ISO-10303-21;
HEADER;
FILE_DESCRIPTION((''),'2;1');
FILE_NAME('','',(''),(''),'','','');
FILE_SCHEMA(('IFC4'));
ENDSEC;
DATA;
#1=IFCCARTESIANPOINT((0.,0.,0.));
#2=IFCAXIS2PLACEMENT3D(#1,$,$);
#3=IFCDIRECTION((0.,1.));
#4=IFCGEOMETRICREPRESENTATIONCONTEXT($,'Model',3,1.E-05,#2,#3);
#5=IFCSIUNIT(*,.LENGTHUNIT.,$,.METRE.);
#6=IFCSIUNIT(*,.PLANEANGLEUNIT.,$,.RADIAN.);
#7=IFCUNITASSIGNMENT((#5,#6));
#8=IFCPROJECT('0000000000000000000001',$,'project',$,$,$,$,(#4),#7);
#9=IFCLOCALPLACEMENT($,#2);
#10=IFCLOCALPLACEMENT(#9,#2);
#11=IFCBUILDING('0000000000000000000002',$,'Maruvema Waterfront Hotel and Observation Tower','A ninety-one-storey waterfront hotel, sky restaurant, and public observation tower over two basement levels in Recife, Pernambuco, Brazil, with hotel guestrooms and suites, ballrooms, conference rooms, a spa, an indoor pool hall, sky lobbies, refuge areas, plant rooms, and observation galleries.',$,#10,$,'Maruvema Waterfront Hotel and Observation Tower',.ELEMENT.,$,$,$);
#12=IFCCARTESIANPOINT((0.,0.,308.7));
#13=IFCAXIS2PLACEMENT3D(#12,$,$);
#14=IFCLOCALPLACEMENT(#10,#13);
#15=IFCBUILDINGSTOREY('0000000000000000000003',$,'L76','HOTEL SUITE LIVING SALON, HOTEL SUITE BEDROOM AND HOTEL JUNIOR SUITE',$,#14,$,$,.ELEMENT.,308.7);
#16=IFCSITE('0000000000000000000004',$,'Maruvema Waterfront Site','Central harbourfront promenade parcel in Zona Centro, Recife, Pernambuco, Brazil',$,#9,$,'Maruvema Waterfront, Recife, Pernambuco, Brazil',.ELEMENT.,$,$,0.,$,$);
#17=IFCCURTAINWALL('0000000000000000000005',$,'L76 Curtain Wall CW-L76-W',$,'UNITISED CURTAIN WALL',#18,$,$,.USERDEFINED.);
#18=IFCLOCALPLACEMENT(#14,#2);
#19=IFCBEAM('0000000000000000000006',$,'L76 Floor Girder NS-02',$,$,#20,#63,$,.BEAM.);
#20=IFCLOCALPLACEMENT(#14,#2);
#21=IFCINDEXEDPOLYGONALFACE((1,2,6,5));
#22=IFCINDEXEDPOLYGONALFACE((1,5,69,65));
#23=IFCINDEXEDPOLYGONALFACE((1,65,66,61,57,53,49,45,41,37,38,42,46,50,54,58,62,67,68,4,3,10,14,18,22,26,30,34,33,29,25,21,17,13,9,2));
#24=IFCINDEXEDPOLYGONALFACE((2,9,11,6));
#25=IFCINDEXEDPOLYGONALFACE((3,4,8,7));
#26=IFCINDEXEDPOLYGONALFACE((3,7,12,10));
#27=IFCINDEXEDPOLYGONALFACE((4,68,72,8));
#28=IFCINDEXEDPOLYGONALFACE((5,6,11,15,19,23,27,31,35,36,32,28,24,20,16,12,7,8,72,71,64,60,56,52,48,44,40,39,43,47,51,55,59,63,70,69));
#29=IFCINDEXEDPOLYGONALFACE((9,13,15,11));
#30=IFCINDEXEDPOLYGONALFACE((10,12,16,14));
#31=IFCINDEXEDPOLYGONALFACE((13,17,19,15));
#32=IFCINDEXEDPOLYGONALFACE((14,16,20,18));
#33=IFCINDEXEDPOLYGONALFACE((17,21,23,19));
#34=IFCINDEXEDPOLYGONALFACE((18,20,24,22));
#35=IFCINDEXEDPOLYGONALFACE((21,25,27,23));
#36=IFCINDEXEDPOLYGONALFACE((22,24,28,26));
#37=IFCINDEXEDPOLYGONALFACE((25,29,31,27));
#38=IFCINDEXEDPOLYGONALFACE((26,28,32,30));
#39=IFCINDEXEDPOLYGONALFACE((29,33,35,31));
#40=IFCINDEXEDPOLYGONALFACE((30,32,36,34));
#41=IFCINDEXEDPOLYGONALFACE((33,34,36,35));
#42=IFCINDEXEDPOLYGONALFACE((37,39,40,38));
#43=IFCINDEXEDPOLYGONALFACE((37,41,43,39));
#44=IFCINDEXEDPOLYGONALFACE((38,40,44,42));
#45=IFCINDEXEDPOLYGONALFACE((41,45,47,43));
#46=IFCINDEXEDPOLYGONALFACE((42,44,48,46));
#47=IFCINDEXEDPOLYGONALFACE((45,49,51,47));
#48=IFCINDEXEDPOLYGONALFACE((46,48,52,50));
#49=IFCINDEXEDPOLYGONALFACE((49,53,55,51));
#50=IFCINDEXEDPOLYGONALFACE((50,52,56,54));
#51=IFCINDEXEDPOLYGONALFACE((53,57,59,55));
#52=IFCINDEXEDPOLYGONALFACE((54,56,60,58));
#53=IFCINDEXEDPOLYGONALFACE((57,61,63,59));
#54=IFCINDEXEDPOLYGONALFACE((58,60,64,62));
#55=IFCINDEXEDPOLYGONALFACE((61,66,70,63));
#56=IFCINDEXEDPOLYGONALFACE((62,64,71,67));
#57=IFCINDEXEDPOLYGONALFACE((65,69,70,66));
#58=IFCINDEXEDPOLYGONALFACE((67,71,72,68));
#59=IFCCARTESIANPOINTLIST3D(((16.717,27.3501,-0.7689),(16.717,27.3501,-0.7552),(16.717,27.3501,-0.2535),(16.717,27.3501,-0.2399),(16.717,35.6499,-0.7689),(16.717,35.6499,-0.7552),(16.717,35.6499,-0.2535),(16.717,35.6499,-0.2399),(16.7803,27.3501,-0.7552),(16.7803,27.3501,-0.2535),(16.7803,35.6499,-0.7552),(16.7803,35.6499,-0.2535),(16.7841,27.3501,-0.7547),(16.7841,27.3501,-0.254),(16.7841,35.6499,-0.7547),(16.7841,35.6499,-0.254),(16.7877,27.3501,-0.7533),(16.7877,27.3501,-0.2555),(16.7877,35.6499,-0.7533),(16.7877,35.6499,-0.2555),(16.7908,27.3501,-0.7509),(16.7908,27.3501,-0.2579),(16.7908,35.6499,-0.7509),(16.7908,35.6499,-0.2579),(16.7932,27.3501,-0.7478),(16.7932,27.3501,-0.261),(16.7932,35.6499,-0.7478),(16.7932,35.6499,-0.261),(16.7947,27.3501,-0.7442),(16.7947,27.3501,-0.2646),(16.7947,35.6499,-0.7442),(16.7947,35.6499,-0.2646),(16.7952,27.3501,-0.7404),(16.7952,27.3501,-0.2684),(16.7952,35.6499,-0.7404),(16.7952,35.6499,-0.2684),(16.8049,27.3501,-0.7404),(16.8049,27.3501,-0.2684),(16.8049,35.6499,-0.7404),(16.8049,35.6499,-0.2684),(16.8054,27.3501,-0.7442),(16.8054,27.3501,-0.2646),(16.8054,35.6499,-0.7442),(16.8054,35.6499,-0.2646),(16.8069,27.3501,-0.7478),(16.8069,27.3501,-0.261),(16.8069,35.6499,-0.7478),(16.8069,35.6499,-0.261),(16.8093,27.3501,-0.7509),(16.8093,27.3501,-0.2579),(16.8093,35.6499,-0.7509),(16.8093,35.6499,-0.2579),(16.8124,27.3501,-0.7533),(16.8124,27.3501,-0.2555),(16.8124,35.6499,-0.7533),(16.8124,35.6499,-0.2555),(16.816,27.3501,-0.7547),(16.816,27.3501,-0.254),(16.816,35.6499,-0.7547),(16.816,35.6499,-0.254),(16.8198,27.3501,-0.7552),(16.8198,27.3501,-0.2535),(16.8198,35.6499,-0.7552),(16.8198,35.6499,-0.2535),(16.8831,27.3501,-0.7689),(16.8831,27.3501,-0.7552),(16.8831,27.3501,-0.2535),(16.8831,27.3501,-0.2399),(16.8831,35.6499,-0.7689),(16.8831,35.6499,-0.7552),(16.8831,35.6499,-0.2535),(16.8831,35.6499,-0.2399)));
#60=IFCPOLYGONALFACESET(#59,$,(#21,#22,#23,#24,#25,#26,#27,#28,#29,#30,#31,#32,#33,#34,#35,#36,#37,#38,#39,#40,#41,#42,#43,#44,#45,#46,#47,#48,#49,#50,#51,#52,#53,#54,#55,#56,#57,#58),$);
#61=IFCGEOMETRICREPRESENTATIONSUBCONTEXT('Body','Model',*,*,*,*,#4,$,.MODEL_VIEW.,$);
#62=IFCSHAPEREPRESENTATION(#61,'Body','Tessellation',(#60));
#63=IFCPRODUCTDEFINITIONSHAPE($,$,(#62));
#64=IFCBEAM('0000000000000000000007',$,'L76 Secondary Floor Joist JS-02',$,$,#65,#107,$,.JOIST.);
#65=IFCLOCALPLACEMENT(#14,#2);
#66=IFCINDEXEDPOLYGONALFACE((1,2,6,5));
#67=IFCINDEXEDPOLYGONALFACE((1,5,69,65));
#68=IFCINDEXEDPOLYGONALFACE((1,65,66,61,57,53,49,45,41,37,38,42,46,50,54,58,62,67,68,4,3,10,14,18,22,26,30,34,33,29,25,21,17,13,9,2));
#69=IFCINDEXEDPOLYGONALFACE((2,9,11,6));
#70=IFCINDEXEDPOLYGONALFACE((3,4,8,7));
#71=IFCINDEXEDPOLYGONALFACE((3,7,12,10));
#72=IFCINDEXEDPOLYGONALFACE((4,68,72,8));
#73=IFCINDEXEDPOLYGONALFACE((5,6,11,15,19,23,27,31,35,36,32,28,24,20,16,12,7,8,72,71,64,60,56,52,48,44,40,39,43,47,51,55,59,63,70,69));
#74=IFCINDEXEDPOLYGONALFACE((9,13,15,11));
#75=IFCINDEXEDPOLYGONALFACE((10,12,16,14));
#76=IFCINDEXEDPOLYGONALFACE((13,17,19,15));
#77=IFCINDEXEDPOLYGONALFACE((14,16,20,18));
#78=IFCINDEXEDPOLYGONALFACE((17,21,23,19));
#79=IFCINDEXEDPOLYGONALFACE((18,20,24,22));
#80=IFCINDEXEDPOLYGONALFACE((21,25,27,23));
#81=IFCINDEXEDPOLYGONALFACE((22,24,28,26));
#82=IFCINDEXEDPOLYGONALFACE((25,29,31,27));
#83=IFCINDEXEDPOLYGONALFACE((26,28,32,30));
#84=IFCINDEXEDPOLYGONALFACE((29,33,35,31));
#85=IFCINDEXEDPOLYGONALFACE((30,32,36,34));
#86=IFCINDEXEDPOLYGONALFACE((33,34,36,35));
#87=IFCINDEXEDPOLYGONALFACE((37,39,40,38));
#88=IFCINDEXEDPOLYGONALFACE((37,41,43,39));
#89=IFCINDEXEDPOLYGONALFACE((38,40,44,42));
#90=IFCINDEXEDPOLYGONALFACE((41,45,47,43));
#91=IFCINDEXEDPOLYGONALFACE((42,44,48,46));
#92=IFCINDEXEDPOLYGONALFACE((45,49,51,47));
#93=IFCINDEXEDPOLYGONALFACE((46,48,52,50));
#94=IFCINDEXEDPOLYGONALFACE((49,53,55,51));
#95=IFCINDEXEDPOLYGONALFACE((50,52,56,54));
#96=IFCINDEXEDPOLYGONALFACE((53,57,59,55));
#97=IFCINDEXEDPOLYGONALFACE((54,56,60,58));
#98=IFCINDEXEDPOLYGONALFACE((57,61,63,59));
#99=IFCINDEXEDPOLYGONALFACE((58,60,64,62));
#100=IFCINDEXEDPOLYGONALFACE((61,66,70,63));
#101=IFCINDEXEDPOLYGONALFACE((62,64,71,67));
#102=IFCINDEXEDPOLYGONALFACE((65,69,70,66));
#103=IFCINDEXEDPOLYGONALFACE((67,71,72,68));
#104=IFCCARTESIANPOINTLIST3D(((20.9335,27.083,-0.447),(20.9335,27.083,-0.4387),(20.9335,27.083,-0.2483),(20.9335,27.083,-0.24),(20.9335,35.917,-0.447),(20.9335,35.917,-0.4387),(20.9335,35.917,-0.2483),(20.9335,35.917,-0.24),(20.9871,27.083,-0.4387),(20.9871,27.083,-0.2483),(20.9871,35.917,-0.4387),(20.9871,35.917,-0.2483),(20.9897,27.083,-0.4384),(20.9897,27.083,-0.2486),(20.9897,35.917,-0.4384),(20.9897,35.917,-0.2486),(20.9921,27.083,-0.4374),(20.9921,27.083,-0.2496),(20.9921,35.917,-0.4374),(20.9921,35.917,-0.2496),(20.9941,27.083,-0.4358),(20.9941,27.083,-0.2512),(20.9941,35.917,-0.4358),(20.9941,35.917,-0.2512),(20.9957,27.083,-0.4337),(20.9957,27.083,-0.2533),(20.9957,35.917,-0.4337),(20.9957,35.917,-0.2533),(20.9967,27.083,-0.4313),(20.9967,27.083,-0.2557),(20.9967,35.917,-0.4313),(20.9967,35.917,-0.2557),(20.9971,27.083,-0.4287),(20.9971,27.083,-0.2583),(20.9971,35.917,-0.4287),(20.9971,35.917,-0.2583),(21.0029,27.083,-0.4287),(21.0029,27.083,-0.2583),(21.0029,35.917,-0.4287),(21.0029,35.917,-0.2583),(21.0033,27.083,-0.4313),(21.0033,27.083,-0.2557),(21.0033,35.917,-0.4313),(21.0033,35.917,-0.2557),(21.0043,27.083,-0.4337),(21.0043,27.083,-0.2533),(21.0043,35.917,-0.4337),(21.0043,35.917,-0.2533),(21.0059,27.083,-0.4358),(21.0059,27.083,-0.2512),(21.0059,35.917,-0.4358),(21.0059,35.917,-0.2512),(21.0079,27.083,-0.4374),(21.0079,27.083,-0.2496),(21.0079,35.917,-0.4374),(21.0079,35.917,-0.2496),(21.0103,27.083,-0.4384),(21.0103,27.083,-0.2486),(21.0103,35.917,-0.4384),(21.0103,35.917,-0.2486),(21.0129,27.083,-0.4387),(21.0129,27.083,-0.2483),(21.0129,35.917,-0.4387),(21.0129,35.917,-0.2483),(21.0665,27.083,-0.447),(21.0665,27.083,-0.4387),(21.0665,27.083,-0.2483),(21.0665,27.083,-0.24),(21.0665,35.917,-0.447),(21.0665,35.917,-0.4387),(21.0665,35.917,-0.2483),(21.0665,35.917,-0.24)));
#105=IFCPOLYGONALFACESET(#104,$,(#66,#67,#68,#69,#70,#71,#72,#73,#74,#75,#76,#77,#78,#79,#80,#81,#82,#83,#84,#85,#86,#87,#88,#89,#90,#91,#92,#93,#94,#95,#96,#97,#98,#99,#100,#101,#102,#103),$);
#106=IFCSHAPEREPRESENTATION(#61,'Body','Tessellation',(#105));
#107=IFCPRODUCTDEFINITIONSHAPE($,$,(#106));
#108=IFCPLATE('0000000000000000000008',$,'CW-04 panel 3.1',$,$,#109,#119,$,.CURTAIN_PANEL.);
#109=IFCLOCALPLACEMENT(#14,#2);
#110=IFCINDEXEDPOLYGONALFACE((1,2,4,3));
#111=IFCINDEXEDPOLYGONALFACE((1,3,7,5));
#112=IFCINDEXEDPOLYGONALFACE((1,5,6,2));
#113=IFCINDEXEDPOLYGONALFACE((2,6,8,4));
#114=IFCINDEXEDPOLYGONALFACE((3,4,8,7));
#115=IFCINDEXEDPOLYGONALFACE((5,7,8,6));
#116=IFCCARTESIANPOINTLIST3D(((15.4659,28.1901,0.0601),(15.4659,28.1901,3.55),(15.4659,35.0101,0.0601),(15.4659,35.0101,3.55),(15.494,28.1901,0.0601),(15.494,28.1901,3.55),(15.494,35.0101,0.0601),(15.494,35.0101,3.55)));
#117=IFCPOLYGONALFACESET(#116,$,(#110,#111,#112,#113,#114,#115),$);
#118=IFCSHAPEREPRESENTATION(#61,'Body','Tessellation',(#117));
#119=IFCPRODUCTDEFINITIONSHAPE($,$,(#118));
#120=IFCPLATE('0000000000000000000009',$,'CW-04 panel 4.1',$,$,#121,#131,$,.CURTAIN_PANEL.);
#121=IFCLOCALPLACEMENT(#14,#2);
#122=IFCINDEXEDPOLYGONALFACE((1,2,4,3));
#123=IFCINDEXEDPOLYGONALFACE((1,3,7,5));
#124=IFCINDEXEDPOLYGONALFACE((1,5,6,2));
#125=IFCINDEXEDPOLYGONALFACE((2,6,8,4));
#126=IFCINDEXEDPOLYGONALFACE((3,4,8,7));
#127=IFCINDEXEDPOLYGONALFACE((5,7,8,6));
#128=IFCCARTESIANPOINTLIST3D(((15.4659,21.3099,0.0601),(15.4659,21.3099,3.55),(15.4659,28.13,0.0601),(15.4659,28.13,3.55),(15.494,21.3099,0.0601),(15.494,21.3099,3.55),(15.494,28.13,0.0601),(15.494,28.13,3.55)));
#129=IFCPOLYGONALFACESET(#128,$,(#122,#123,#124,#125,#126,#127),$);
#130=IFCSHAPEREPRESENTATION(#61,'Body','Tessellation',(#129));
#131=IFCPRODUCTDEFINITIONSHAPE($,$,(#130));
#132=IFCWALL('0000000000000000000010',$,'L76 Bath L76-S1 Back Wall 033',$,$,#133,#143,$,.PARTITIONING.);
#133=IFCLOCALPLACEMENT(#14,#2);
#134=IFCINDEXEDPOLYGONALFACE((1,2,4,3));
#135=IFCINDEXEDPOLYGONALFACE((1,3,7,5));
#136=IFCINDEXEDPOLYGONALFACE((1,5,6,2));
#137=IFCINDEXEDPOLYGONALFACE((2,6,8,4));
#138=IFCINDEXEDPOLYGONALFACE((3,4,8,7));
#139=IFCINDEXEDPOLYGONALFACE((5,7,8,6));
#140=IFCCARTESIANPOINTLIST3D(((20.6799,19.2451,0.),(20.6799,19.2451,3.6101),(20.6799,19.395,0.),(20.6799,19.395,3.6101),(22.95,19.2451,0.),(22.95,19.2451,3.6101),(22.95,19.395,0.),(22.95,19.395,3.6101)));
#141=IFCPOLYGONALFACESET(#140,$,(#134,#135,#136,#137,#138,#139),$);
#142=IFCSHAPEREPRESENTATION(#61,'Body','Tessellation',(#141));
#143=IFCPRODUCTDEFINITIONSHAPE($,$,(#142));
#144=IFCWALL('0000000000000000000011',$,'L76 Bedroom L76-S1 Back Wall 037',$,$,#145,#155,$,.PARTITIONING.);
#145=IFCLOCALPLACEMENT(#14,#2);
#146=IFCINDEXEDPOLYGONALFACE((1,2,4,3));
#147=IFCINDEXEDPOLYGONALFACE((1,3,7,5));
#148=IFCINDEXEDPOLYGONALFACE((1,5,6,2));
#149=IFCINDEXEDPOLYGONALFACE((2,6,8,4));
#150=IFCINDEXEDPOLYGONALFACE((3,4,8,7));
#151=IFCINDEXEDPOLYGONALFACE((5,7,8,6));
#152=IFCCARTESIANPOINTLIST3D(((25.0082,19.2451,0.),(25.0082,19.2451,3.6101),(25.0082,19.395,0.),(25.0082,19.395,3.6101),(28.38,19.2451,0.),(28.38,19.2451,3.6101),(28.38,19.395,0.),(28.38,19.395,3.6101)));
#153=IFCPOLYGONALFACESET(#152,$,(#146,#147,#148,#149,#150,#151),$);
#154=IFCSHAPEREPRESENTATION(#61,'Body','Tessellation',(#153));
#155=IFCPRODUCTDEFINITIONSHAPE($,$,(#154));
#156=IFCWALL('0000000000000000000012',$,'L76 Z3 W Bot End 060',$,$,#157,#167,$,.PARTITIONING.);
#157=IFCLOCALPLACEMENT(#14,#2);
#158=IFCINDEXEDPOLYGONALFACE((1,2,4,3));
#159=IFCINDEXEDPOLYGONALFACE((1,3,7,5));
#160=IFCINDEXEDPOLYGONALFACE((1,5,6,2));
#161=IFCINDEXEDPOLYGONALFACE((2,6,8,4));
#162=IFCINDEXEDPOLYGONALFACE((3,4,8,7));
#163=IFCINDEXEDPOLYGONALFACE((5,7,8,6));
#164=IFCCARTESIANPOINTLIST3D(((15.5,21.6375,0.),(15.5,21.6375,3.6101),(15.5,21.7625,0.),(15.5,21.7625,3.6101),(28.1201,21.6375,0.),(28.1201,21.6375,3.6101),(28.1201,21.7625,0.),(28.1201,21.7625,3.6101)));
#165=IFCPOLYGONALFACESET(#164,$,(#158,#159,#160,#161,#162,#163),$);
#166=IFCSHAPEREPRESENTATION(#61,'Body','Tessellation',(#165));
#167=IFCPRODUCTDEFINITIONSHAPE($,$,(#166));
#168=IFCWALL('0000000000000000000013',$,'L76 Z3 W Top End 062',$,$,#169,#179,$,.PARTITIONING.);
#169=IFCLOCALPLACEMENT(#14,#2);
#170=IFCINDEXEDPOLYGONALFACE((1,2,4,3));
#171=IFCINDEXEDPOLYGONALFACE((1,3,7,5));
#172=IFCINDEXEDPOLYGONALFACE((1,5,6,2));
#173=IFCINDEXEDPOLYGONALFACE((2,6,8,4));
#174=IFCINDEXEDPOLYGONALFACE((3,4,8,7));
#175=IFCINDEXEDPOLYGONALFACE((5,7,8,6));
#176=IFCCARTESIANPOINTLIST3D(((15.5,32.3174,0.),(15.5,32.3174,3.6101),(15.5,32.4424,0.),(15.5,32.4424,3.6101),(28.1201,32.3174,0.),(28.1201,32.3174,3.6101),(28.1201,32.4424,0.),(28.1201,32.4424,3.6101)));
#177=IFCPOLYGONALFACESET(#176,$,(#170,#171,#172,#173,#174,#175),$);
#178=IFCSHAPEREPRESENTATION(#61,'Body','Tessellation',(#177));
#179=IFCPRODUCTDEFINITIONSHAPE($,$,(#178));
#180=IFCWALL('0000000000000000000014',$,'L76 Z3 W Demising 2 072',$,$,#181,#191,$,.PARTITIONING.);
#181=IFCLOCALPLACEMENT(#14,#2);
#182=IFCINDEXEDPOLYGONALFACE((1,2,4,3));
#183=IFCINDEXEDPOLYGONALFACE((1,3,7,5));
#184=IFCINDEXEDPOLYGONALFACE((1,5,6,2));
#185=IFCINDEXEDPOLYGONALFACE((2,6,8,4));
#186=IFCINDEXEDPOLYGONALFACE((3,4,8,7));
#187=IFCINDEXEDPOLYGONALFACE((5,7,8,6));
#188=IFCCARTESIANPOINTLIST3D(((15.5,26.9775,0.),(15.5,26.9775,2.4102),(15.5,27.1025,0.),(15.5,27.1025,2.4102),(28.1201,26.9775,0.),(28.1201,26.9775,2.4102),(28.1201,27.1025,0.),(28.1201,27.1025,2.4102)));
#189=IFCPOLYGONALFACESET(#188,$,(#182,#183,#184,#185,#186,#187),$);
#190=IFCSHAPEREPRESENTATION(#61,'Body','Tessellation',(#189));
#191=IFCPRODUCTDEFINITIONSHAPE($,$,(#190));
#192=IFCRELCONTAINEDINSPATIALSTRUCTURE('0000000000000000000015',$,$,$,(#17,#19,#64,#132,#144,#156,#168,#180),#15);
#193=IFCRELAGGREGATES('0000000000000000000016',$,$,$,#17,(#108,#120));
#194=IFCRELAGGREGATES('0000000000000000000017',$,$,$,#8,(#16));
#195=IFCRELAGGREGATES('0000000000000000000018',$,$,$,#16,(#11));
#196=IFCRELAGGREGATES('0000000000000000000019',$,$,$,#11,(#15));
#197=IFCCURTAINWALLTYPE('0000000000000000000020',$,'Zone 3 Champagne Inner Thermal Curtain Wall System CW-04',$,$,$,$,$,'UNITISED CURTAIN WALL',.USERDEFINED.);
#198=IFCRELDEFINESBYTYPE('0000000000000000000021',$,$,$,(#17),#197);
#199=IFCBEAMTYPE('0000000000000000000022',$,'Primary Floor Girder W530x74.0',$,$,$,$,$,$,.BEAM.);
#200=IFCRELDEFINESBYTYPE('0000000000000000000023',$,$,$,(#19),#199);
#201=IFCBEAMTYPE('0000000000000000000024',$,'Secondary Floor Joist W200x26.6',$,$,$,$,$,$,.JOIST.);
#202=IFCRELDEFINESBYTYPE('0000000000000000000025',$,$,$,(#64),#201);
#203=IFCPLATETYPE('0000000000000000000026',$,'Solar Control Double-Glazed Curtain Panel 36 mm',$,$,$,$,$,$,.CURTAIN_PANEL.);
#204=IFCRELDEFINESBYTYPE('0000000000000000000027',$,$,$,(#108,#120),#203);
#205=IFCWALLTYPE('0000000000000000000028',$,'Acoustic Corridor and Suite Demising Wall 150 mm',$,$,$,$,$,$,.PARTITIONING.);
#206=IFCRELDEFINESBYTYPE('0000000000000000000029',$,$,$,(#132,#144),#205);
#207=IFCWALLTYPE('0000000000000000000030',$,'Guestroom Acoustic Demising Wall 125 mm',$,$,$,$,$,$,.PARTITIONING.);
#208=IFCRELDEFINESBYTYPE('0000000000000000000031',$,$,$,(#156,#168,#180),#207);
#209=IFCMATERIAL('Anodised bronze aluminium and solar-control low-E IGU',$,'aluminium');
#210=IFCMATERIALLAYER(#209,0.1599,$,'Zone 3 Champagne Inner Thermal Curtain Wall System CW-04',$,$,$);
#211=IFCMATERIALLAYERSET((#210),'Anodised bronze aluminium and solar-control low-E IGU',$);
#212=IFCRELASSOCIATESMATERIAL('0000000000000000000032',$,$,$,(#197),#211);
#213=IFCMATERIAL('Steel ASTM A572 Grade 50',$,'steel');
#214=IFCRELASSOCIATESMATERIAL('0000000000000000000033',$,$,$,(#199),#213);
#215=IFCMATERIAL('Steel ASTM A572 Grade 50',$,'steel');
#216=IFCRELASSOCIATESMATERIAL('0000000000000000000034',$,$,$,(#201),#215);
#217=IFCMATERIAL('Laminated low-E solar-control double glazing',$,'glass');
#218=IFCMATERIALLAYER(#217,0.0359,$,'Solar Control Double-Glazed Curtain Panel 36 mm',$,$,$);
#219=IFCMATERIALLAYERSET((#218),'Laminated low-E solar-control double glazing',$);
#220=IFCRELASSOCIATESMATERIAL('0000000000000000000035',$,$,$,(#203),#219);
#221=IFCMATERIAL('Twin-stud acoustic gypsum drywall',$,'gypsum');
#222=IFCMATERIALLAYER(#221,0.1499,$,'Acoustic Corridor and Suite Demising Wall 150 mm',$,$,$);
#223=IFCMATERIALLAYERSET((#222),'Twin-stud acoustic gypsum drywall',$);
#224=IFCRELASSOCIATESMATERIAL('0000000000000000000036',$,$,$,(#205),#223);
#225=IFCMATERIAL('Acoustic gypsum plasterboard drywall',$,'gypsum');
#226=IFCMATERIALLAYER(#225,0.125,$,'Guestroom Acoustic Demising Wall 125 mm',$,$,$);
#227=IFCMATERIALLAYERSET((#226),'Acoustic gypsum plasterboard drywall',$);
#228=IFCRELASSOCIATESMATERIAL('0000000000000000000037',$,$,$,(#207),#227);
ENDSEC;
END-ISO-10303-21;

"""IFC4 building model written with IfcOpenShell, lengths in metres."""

from ifc_helpers import new_model, si_unit, direction, frame, frame_2d, origin, origin_2d, place, context, subcontext, project, spatial, rectangle, i_section, extrude, material, layer, layer_set, material_profile, profile_set, type_object, element, aggregate, save


model = new_model("IFC4")

# Units and contexts
model_context = context("Model", 3, precision=1e-05, world=origin(), true_north=direction((0.0, 1.0)))
body_context = subcontext(model_context, "Body", "Model", "MODEL_VIEW")
ifc_project = project(units=[si_unit("LENGTHUNIT", "METRE"), si_unit("PLANEANGLEUNIT", "RADIAN")], contexts=[model_context])

# Site, building, storey
site_placement = place(None, origin())
site = spatial("IfcSite", under=ifc_project, at=site_placement, Name="Maruvema Waterfront Site", Description="Central harbourfront promenade parcel in Zona Centro, Recife, Pernambuco, Brazil", LongName="Maruvema Waterfront, Recife, Pernambuco, Brazil", CompositionType="ELEMENT", RefElevation=0.0)
building_placement = place(site_placement, origin())
building = spatial("IfcBuilding", under=site, at=building_placement, Name="Maruvema Waterfront Hotel and Observation Tower", Description="A ninety-one-storey waterfront hotel, sky restaurant, and public observation tower over two basement levels in Recife, Pernambuco, Brazil, with hotel guestrooms and suites, ballrooms, conference rooms, a spa, an indoor pool hall, sky lobbies, refuge areas, plant rooms, and observation galleries.", LongName="Maruvema Waterfront Hotel and Observation Tower", CompositionType="ELEMENT")
storey_placement = place(building_placement, frame((0.0, 0.0, 308.7)))
storey = spatial("IfcBuildingStorey", under=building, at=storey_placement, Name="L76", Description="HOTEL SUITE LIVING SALON, HOTEL SUITE BEDROOM AND HOTEL JUNIOR SUITE", CompositionType="ELEMENT", Elevation=308.7)

# Curtain wall
ifc_material_1 = material(Name="Anodised bronze aluminium and solar-control low-E IGU", Category="aluminium")
ifc_layer_1 = layer(ifc_material_1, 0.1599, Name="Zone 3 Champagne Inner Thermal Curtain Wall System CW-04")
ifc_layer_set_1 = layer_set([ifc_layer_1], Name="Anodised bronze aluminium and solar-control low-E IGU")
curtain_wall_type = type_object("IfcCurtainWallType", Name="Zone 3 Champagne Inner Thermal Curtain Wall System CW-04", ElementType="UNITISED CURTAIN WALL", PredefinedType="USERDEFINED", material=ifc_layer_set_1)
curtain_wall_placement = place(storey_placement, origin())
curtain_wall = element("IfcCurtainWall", 1, at=curtain_wall_placement, inside=storey, type_object=curtain_wall_type, Name="L76 Curtain Wall CW-L76-W", ObjectType="UNITISED CURTAIN WALL", PredefinedType="USERDEFINED")

# Beams
ifc_material_2 = material(Name="Steel ASTM A572 Grade 50", Category="steel")
ifc_material_profile_1 = material_profile(ifc_material_2, i_section(OverallWidth=0.166, OverallDepth=0.5291, WebThickness=0.0098, FlangeThickness=0.0137, FilletRadius=0.0149, at=origin_2d()), Name="W530x74.0")
ifc_profile_set_1 = profile_set([ifc_material_profile_1], Name="Steel ASTM A572 Grade 50")
beam_type_1 = type_object("IfcBeamType", Name="Primary Floor Girder W530x74.0", PredefinedType="BEAM", material=ifc_profile_set_1)
beam_1_placement = place(storey_placement, frame((16.8, 27.3501, -0.5044), z_axis=(0.0, 1.0, 0.0), x_axis=(-1.0, 0.0, 0.0)))
element("IfcBeam", 2, at=beam_1_placement, inside=storey, type_object=beam_type_1, Name="L76 Floor Girder NS-02", PredefinedType="BEAM", context=body_context, shape_type="SweptSolid", body=[
    extrude(i_section(OverallWidth=0.166, OverallDepth=0.5291, WebThickness=0.0098, FlangeThickness=0.0137, FilletRadius=0.0149, at=origin_2d()), origin(), (0.0, 0.0, 1.0), 8.2998),
])
ifc_material_3 = material(Name="Steel ASTM A572 Grade 50", Category="steel")
ifc_material_profile_2 = material_profile(ifc_material_3, i_section(OverallWidth=0.1331, OverallDepth=0.207, WebThickness=0.0059, FlangeThickness=0.0083, FilletRadius=0.01, at=origin_2d()), Name="W200x26.6")
ifc_profile_set_2 = profile_set([ifc_material_profile_2], Name="Steel ASTM A572 Grade 50")
beam_type_2 = type_object("IfcBeamType", Name="Secondary Floor Joist W200x26.6", PredefinedType="JOIST", material=ifc_profile_set_2)
beam_2_placement = place(storey_placement, frame((21.0, 27.083, -0.3435), z_axis=(0.0, 1.0, 0.0), x_axis=(-1.0, 0.0, 0.0)))
element("IfcBeam", 3, at=beam_2_placement, inside=storey, type_object=beam_type_2, Name="L76 Secondary Floor Joist JS-02", PredefinedType="JOIST", context=body_context, shape_type="SweptSolid", body=[
    extrude(i_section(OverallWidth=0.1331, OverallDepth=0.207, WebThickness=0.0059, FlangeThickness=0.0083, FilletRadius=0.01, at=origin_2d()), origin(), (0.0, 0.0, 1.0), 8.834),
])

# Plates
ifc_material_4 = material(Name="Laminated low-E solar-control double glazing", Category="glass")
ifc_layer_2 = layer(ifc_material_4, 0.0359, Name="Solar Control Double-Glazed Curtain Panel 36 mm")
ifc_layer_set_2 = layer_set([ifc_layer_2], Name="Laminated low-E solar-control double glazing")
plate_type = type_object("IfcPlateType", Name="Solar Control Double-Glazed Curtain Panel 36 mm", PredefinedType="CURTAIN_PANEL", material=ifc_layer_set_2)
plate_1_placement = place(storey_placement, frame((15.48, 31.6001, 0.0601), z_axis=(0.0, 0.0, 1.0), x_axis=(0.0, -1.0, 0.0)))
plate_1 = element("IfcPlate", 4, at=plate_1_placement, type_object=plate_type, Name="CW-04 panel 3.1", PredefinedType="CURTAIN_PANEL", context=body_context, shape_type="SweptSolid", body=[
    extrude(rectangle(XDim=6.8201, YDim=0.0281, at=origin_2d()), origin(), (0.0, 0.0, 1.0), 3.49),
])
plate_2_placement = place(storey_placement, frame((15.48, 24.72, 0.0601), z_axis=(0.0, 0.0, 1.0), x_axis=(0.0, -1.0, 0.0)))
plate_2 = element("IfcPlate", 5, at=plate_2_placement, type_object=plate_type, Name="CW-04 panel 4.1", PredefinedType="CURTAIN_PANEL", context=body_context, shape_type="SweptSolid", body=[
    extrude(rectangle(XDim=6.8201, YDim=0.0281, at=origin_2d()), origin(), (0.0, 0.0, 1.0), 3.49),
])
aggregate(curtain_wall, [plate_1, plate_2])

# Wall
ifc_material_5 = material(Name="Twin-stud acoustic gypsum drywall", Category="gypsum")
ifc_layer_3 = layer(ifc_material_5, 0.1499, Name="Acoustic Corridor and Suite Demising Wall 150 mm")
ifc_layer_set_3 = layer_set([ifc_layer_3], Name="Twin-stud acoustic gypsum drywall")
wall_type_1 = type_object("IfcWallType", Name="Acoustic Corridor and Suite Demising Wall 150 mm", PredefinedType="PARTITIONING", material=ifc_layer_set_3)
wall_1_placement = place(storey_placement, frame((20.6799, 19.3201, 0.0), z_axis=(0.0, 0.0, 1.0), x_axis=(1.0, 0.0, 0.0)))
element("IfcWall", 6, at=wall_1_placement, inside=storey, type_object=wall_type_1, Name="L76 Bath L76-S1 Back Wall 033", PredefinedType="PARTITIONING", context=body_context, shape_type="SweptSolid", body=[
    extrude(rectangle(XDim=2.27, YDim=0.1499, at=frame_2d((1.135, 0.0))), origin(), (0.0, 0.0, 1.0), 3.6101),
])

# Walls
wall_2_placement = place(storey_placement, frame((25.0081, 19.3201, 0.0), z_axis=(0.0, 0.0, 1.0), x_axis=(1.0, 0.0, 0.0)))
element("IfcWall", 7, at=wall_2_placement, inside=storey, type_object=wall_type_1, Name="L76 Bedroom L76-S1 Back Wall 037", PredefinedType="PARTITIONING", context=body_context, shape_type="SweptSolid", body=[
    extrude(rectangle(XDim=3.3718, YDim=0.1499, at=frame_2d((1.686, 0.0))), origin(), (0.0, 0.0, 1.0), 3.6101),
])
ifc_material_6 = material(Name="Acoustic gypsum plasterboard drywall", Category="gypsum")
ifc_layer_4 = layer(ifc_material_6, 0.125, Name="Guestroom Acoustic Demising Wall 125 mm")
ifc_layer_set_4 = layer_set([ifc_layer_4], Name="Acoustic gypsum plasterboard drywall")
wall_type_2 = type_object("IfcWallType", Name="Guestroom Acoustic Demising Wall 125 mm", PredefinedType="PARTITIONING", material=ifc_layer_set_4)
for number, where, z_axis, x_axis, name in (
    (8, (15.5, 21.7, 0.0), (0.0, 0.0, 1.0), (1.0, 0.0, 0.0), "L76 Z3 W Bot End 060"),
    (9, (15.5, 32.3799, 0.0), (0.0, 0.0, 1.0), (1.0, 0.0, 0.0), "L76 Z3 W Top End 062"),
):
    element("IfcWall", number, at=place(storey_placement, frame(where, z_axis=z_axis, x_axis=x_axis)), inside=storey, type_object=wall_type_2, Name=name, PredefinedType="PARTITIONING", context=body_context, shape_type="SweptSolid", body=[
        extrude(rectangle(XDim=12.6201, YDim=0.125, at=frame_2d((6.3101, 0.0))), origin(), (0.0, 0.0, 1.0), 3.6101),
    ])
wall_3_placement = place(storey_placement, frame((15.5, 27.04, 0.0), z_axis=(0.0, 0.0, 1.0), x_axis=(1.0, 0.0, 0.0)))
element("IfcWall", 10, at=wall_3_placement, inside=storey, type_object=wall_type_2, Name="L76 Z3 W Demising 2 072", PredefinedType="PARTITIONING", context=body_context, shape_type="SweptSolid", body=[
    extrude(rectangle(XDim=12.6201, YDim=0.125, at=frame_2d((6.3101, 0.0))), origin(), (0.0, 0.0, 1.0), 2.4102),
])

save(model, "model.ifc")
